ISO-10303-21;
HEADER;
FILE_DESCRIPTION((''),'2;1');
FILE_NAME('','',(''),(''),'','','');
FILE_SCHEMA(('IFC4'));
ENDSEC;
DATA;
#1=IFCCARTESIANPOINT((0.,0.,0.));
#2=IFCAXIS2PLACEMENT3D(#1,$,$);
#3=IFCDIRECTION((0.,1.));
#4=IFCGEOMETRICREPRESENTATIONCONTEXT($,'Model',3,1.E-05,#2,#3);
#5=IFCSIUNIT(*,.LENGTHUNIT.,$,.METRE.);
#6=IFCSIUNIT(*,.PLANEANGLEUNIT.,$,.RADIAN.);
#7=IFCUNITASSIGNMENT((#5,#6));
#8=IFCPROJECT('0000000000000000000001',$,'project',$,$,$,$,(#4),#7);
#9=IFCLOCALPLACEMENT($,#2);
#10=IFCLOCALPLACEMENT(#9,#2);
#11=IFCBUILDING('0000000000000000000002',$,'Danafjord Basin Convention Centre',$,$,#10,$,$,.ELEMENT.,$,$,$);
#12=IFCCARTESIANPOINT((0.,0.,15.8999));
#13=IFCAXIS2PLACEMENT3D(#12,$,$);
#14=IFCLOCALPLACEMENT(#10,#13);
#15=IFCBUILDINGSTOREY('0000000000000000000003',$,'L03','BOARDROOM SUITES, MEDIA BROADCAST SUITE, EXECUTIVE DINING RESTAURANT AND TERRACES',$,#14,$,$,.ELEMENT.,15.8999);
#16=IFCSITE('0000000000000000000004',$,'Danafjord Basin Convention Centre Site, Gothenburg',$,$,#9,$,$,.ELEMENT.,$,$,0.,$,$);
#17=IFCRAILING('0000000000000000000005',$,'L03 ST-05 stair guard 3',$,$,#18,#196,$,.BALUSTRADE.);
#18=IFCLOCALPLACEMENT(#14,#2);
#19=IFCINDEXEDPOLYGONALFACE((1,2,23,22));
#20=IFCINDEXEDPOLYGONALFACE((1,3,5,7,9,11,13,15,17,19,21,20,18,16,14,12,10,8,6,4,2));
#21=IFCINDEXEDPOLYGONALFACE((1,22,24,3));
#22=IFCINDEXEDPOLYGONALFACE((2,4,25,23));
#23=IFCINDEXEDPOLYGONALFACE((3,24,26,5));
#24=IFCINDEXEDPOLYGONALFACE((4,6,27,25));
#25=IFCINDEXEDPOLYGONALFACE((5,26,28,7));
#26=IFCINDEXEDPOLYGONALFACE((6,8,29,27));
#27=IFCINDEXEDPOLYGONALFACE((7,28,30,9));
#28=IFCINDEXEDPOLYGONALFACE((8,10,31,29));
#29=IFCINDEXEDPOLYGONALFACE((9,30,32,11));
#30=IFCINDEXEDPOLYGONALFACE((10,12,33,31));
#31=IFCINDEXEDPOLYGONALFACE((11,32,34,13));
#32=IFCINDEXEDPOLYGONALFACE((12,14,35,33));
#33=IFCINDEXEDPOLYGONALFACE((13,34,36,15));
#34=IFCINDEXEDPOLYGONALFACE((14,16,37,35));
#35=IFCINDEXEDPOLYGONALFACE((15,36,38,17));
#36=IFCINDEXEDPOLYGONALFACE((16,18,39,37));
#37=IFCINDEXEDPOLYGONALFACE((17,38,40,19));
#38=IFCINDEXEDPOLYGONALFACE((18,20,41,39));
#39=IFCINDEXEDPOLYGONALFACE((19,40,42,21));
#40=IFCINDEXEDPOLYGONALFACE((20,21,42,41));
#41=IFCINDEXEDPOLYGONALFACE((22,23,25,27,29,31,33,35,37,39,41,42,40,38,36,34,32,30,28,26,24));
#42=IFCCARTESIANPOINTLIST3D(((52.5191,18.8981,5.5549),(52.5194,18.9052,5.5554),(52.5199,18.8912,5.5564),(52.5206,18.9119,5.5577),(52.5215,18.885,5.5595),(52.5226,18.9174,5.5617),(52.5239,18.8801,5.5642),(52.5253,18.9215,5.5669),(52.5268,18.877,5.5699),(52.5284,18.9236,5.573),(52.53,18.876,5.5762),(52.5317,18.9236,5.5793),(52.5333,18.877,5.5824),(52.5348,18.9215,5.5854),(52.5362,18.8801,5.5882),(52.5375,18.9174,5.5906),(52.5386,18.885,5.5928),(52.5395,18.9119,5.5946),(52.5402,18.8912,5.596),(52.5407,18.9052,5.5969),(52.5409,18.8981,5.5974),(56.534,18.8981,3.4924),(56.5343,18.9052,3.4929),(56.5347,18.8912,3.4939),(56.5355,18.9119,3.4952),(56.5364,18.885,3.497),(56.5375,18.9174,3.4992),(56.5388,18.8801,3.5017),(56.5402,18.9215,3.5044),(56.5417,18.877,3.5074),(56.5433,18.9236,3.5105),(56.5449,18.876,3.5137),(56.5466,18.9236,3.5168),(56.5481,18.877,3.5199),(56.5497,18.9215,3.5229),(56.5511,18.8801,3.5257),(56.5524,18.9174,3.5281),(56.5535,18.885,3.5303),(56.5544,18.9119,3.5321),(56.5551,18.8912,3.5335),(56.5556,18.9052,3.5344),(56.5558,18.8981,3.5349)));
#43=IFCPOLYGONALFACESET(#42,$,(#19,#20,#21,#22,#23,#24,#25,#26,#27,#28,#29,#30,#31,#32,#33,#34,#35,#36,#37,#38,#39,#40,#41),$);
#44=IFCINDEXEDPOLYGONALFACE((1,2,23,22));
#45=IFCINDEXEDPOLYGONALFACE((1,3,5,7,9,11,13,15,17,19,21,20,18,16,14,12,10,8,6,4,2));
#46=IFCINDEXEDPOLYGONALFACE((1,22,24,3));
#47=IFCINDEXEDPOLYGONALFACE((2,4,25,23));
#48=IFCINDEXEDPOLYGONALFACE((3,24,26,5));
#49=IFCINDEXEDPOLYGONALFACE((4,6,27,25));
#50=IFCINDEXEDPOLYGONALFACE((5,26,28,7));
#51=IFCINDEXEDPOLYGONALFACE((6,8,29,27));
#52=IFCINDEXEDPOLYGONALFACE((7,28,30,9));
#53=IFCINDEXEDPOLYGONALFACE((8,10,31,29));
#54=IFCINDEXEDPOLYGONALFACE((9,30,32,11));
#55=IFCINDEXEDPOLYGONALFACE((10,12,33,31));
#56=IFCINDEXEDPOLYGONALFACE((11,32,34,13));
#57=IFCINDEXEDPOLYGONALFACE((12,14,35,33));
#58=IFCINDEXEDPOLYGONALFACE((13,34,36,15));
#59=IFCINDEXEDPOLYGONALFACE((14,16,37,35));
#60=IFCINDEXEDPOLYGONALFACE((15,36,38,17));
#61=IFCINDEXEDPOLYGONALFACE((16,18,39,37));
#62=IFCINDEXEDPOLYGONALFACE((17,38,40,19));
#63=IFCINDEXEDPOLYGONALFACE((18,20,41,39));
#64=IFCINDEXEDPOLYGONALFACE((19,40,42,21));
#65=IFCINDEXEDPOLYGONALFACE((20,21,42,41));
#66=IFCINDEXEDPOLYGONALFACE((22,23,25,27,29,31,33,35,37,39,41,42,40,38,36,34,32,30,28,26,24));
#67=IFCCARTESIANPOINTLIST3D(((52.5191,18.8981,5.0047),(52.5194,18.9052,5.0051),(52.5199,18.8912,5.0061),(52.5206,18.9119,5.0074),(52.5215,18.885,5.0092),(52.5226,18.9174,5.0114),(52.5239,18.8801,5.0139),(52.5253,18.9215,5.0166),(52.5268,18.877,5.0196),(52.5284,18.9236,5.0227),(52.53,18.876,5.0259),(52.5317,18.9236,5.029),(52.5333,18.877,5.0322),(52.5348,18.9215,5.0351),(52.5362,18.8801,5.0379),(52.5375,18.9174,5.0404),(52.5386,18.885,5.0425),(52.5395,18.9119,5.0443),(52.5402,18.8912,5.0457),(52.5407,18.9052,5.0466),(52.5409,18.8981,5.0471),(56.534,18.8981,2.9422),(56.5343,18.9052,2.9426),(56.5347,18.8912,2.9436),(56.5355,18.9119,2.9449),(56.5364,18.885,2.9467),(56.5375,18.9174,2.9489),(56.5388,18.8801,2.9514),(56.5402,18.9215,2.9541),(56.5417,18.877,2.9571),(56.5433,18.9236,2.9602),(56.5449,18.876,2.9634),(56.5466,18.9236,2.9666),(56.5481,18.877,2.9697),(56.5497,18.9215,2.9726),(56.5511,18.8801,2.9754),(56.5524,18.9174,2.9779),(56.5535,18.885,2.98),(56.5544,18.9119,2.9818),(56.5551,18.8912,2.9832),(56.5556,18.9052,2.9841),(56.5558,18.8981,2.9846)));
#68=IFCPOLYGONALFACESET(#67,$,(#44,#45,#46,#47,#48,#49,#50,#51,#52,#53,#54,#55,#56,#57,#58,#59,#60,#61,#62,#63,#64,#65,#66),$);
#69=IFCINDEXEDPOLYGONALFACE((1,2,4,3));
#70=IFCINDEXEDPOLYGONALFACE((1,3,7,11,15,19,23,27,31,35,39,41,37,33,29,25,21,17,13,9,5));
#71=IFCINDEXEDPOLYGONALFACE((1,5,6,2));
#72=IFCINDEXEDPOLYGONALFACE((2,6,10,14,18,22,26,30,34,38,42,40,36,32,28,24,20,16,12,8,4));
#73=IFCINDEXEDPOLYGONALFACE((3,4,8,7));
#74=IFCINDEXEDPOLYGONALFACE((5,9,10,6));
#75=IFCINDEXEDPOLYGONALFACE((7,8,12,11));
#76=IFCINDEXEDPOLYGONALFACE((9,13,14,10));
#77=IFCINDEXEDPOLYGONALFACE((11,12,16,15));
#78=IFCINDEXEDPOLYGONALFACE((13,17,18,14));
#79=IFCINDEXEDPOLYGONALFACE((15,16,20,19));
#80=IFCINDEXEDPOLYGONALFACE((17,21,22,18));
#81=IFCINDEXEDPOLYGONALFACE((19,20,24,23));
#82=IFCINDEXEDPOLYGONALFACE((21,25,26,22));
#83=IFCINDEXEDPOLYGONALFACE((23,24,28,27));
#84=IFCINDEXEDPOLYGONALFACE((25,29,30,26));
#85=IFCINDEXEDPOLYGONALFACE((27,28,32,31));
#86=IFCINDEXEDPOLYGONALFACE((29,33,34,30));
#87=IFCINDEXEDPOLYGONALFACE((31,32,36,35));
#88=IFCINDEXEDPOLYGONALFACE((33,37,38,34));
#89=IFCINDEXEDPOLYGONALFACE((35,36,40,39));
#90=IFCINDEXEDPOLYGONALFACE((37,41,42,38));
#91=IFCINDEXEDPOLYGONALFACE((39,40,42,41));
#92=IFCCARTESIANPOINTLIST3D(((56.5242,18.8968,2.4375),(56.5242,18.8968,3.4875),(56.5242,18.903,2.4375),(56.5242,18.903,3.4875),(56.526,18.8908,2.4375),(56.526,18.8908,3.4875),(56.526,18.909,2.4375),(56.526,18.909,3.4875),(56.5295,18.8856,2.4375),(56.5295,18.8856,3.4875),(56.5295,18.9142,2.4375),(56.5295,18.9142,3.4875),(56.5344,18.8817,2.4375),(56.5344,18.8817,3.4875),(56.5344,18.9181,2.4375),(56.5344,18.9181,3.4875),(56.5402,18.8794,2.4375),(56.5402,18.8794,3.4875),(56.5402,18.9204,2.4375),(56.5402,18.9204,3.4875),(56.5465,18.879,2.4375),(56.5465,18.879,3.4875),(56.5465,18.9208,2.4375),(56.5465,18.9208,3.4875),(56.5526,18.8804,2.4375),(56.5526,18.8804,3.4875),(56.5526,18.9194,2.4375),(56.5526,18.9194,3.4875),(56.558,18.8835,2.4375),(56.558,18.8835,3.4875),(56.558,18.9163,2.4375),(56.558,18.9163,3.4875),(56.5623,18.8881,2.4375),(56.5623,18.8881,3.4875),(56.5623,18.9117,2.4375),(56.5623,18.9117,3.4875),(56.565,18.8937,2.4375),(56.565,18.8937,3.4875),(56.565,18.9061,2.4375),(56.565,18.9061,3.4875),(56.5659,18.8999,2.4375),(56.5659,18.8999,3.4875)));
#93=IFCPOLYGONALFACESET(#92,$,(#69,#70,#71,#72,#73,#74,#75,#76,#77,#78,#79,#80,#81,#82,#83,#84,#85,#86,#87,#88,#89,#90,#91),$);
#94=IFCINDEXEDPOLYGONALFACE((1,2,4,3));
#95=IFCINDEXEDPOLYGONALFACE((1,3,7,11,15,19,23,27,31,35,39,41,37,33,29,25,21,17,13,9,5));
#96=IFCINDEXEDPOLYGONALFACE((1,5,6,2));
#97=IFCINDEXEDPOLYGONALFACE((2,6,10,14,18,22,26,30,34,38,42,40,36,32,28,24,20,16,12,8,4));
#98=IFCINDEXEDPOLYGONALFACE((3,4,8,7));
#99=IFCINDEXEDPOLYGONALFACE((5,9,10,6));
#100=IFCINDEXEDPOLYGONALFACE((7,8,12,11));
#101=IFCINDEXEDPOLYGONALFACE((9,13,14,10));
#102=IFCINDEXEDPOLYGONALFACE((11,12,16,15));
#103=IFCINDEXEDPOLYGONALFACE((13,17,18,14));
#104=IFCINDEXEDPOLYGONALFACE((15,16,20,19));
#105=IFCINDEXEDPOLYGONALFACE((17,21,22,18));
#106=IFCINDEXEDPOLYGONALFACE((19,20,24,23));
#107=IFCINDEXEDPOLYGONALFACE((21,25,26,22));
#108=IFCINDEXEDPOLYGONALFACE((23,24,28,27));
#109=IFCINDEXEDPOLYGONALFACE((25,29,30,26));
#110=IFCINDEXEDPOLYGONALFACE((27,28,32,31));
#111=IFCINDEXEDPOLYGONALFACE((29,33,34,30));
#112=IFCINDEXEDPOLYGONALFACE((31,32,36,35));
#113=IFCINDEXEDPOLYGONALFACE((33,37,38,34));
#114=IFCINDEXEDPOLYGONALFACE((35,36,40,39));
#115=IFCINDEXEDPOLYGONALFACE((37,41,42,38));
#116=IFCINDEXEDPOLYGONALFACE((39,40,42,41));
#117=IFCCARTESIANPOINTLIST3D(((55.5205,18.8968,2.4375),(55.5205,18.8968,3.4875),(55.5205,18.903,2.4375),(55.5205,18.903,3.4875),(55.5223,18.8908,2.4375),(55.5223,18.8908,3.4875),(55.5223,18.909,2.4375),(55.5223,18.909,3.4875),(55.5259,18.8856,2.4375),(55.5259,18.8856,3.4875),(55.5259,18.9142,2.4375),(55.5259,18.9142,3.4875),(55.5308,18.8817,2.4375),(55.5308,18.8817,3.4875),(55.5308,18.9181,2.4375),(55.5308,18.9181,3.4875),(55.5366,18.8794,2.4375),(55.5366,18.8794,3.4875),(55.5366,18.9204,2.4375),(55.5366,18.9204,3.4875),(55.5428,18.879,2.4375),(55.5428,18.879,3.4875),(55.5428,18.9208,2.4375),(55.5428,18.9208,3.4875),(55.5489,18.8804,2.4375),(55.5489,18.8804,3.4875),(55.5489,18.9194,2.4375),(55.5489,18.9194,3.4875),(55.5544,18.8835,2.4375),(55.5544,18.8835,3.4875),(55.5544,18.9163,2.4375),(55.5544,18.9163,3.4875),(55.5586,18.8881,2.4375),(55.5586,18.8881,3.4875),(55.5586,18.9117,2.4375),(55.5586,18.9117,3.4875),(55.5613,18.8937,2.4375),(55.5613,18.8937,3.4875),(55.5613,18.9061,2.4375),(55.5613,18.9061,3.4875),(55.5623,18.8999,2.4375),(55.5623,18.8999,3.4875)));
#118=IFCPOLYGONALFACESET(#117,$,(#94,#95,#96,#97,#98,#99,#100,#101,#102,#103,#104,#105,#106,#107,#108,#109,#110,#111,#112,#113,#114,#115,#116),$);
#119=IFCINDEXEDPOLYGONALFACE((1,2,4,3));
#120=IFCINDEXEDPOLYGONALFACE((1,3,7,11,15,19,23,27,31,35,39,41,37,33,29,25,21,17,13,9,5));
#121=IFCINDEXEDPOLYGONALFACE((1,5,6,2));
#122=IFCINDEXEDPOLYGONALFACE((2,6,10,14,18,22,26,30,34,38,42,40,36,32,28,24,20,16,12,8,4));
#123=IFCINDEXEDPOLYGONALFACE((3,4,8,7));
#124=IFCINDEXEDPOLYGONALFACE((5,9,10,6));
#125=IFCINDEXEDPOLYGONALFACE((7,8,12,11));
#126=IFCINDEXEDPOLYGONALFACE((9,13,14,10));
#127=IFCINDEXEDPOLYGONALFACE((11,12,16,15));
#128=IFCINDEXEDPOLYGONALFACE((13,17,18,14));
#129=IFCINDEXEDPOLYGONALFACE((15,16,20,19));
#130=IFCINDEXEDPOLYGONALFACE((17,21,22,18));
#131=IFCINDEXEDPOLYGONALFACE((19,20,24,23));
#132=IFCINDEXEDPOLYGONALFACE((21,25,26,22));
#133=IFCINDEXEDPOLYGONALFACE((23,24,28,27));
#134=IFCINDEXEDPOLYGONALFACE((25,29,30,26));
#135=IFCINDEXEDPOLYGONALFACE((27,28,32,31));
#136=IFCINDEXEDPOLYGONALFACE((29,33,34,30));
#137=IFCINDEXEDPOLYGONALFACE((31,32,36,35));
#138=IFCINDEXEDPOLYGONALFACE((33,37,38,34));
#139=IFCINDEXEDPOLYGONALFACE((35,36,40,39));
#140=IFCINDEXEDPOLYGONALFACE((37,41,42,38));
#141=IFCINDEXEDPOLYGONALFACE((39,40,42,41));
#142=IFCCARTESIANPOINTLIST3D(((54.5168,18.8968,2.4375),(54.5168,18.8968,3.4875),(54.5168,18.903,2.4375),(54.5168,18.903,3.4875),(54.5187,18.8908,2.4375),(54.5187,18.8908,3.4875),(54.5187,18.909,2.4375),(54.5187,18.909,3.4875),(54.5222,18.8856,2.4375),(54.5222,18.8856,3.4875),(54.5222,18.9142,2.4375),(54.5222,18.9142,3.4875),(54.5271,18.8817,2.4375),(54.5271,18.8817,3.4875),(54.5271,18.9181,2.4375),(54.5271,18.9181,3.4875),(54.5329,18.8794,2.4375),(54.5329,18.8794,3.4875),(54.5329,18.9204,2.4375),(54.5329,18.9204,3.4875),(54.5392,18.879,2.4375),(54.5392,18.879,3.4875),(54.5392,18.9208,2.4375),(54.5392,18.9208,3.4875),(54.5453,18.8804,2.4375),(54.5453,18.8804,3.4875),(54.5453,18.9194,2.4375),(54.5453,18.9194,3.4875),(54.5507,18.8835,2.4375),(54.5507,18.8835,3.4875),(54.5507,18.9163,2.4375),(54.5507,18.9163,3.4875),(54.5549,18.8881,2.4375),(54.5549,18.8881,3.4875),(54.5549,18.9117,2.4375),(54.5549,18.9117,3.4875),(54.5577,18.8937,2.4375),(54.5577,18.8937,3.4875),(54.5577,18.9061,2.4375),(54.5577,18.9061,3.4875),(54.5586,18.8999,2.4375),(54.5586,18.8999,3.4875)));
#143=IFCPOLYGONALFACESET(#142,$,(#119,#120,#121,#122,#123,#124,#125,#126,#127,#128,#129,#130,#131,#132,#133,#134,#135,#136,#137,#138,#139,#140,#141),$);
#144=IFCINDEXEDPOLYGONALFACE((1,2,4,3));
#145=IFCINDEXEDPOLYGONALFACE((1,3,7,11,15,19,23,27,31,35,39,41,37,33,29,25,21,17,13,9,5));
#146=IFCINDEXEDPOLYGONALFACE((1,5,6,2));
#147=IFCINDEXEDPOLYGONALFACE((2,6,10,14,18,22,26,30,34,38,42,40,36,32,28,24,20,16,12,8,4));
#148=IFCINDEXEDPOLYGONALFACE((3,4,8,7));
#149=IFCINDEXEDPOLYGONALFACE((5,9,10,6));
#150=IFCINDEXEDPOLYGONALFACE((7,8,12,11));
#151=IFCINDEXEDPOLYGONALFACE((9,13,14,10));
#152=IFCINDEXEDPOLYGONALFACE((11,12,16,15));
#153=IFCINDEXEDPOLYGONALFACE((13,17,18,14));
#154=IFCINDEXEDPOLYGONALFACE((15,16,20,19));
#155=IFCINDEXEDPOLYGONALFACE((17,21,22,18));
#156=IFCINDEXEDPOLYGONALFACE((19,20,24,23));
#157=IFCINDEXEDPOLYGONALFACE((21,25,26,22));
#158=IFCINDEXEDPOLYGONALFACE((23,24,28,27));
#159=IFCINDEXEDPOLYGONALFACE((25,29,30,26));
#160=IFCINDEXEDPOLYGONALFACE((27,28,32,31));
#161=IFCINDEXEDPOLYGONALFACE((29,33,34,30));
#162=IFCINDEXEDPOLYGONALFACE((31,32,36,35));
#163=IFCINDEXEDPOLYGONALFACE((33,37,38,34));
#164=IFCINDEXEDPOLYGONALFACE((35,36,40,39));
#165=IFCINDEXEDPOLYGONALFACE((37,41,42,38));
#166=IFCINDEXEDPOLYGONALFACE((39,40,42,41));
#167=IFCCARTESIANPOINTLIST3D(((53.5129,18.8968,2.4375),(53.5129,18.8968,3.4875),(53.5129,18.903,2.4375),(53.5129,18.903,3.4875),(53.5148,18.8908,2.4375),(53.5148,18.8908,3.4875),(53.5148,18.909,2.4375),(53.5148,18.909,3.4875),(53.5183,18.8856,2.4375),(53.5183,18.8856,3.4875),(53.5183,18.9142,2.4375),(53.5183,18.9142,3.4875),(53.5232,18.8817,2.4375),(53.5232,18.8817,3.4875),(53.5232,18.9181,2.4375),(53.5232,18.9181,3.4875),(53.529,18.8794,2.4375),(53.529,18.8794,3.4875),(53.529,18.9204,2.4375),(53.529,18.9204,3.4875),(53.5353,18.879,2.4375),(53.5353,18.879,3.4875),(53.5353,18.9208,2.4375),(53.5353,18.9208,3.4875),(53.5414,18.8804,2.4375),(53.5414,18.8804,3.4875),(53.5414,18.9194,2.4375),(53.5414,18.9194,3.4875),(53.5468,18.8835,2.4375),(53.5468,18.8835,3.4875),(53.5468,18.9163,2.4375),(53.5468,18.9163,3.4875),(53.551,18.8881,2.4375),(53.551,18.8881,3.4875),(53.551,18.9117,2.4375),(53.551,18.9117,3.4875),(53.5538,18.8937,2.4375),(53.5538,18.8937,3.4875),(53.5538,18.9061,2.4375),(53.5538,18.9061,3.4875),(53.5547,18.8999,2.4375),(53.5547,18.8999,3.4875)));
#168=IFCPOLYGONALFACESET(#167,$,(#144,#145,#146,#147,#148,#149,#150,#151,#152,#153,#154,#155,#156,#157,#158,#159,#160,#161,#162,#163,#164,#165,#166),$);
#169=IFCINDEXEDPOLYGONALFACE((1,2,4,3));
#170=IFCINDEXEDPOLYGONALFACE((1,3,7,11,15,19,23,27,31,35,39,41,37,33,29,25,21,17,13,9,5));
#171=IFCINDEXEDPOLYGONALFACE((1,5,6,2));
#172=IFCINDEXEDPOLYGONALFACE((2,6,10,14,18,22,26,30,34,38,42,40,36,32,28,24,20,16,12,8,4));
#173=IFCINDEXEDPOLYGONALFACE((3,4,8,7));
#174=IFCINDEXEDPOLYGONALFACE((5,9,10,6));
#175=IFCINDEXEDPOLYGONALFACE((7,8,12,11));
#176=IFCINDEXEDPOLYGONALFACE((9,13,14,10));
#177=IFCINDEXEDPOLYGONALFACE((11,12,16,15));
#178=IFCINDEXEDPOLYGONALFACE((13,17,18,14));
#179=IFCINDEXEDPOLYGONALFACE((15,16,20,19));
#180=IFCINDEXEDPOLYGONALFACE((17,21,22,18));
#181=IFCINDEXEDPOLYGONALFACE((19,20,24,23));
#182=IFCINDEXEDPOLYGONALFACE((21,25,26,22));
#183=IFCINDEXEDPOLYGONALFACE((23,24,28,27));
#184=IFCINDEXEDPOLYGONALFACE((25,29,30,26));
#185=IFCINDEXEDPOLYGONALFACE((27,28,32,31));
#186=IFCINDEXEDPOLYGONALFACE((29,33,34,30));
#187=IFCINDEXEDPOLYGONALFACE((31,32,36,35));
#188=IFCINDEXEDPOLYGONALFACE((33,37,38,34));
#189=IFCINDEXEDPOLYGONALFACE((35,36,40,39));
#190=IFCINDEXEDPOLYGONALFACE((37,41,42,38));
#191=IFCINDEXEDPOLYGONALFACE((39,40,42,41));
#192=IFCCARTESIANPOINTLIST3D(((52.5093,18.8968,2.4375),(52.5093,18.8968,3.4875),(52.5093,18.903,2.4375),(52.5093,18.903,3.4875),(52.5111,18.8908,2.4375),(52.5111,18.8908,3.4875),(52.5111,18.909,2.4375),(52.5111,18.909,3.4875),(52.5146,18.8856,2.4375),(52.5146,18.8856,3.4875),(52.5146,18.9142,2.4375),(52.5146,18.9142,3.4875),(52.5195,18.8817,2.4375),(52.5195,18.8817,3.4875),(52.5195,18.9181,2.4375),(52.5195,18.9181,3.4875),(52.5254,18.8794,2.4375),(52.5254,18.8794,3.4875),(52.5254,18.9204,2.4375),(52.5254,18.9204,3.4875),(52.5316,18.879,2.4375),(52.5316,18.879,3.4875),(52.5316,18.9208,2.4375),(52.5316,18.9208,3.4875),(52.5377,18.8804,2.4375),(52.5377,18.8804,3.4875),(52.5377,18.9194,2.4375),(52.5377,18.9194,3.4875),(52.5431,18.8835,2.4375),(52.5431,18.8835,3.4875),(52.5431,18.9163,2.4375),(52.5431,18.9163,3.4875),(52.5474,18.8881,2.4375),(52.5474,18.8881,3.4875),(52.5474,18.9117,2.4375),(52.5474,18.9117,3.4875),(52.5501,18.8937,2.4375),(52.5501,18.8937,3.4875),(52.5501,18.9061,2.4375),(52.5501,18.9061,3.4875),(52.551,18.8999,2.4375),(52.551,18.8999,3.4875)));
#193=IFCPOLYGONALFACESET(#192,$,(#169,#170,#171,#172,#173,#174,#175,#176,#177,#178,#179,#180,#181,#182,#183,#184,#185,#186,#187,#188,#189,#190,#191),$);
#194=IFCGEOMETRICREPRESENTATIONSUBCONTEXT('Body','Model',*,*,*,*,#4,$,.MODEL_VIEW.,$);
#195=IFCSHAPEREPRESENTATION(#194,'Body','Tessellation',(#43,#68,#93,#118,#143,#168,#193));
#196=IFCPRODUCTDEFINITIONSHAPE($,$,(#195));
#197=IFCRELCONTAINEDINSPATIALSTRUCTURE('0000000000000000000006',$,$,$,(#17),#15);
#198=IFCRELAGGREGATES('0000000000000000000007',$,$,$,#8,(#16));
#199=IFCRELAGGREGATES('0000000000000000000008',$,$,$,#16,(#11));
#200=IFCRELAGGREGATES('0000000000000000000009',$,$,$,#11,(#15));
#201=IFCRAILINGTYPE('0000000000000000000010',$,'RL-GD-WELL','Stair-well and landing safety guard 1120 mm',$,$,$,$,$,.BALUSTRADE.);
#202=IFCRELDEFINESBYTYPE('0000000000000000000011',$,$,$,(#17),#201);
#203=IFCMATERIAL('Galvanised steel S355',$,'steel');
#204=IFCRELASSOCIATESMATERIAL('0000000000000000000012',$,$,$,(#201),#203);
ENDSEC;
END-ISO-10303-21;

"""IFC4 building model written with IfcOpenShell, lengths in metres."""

from ifc_helpers import new_model, si_unit, direction, frame, origin, origin_2d, place, context, subcontext, project, spatial, circle, extrude, material, type_object, element, save


model = new_model("IFC4")

# Units and contexts
model_context = context("Model", 3, precision=1e-05, world=origin(), true_north=direction((0.0, 1.0)))
body_context = subcontext(model_context, "Body", "Model", "MODEL_VIEW")
ifc_project = project(units=[si_unit("LENGTHUNIT", "METRE"), si_unit("PLANEANGLEUNIT", "RADIAN")], contexts=[model_context])

# Site, building, storey
site_placement = place(None, origin())
site = spatial("IfcSite", under=ifc_project, at=site_placement, Name="Danafjord Basin Convention Centre Site, Gothenburg", CompositionType="ELEMENT", RefElevation=0.0)
building_placement = place(site_placement, origin())
building = spatial("IfcBuilding", under=site, at=building_placement, Name="Danafjord Basin Convention Centre", CompositionType="ELEMENT")
storey_placement = place(building_placement, frame((0.0, 0.0, 15.8999)))
storey = spatial("IfcBuildingStorey", under=building, at=storey_placement, Name="L03", Description="BOARDROOM SUITES, MEDIA BROADCAST SUITE, EXECUTIVE DINING RESTAURANT AND TERRACES", CompositionType="ELEMENT", Elevation=15.8999)

# Railing
ifc_material_1 = material(Name="Galvanised steel S355", Category="steel")
railing_type_1 = type_object("IfcRailingType", Name="RL-GD-WELL", Description="Stair-well and landing safety guard 1120 mm", PredefinedType="BALUSTRADE", material=ifc_material_1)
railing_1_placement = place(storey_placement, frame((56.5449, 18.8999, 2.4375)))
element("IfcRailing", 1, at=railing_1_placement, inside=storey, type_object=railing_type_1, Name="L03 ST-05 stair guard 3", PredefinedType="BALUSTRADE", context=body_context, shape_type="SweptSolid", body=[
    extrude(circle(Radius=0.0239, at=origin_2d()), frame((0.0, 0.0, 1.0762), z_axis=(-0.889495, 0.0, 0.456945), x_axis=(0.0, -1.0, 0.0)), (0.0, 0.0, 1.0), 4.5137),
    extrude(circle(Radius=0.0239, at=origin_2d()), frame((0.0, 0.0, 0.5259), z_axis=(-0.889495, 0.0, 0.456945), x_axis=(0.0, -1.0, 0.0)), (0.0, 0.0, 1.0), 4.5137),
    extrude(circle(Radius=0.021, at=origin_2d()), origin(), (0.0, 0.0, 1.0), 1.05),
    extrude(circle(Radius=0.021, at=origin_2d()), frame((-1.0037, 0.0, 0.0)), (0.0, 0.0, 1.0), 1.05),
    extrude(circle(Radius=0.021, at=origin_2d()), frame((-2.0073, 0.0, 0.0)), (0.0, 0.0, 1.0), 1.05),
    extrude(circle(Radius=0.021, at=origin_2d()), frame((-3.0112, 0.0, 0.0)), (0.0, 0.0, 1.0), 1.05),
    extrude(circle(Radius=0.021, at=origin_2d()), frame((-4.0149, 0.0, 0.0)), (0.0, 0.0, 1.0), 1.05),
])

save(model, "model.ifc")
